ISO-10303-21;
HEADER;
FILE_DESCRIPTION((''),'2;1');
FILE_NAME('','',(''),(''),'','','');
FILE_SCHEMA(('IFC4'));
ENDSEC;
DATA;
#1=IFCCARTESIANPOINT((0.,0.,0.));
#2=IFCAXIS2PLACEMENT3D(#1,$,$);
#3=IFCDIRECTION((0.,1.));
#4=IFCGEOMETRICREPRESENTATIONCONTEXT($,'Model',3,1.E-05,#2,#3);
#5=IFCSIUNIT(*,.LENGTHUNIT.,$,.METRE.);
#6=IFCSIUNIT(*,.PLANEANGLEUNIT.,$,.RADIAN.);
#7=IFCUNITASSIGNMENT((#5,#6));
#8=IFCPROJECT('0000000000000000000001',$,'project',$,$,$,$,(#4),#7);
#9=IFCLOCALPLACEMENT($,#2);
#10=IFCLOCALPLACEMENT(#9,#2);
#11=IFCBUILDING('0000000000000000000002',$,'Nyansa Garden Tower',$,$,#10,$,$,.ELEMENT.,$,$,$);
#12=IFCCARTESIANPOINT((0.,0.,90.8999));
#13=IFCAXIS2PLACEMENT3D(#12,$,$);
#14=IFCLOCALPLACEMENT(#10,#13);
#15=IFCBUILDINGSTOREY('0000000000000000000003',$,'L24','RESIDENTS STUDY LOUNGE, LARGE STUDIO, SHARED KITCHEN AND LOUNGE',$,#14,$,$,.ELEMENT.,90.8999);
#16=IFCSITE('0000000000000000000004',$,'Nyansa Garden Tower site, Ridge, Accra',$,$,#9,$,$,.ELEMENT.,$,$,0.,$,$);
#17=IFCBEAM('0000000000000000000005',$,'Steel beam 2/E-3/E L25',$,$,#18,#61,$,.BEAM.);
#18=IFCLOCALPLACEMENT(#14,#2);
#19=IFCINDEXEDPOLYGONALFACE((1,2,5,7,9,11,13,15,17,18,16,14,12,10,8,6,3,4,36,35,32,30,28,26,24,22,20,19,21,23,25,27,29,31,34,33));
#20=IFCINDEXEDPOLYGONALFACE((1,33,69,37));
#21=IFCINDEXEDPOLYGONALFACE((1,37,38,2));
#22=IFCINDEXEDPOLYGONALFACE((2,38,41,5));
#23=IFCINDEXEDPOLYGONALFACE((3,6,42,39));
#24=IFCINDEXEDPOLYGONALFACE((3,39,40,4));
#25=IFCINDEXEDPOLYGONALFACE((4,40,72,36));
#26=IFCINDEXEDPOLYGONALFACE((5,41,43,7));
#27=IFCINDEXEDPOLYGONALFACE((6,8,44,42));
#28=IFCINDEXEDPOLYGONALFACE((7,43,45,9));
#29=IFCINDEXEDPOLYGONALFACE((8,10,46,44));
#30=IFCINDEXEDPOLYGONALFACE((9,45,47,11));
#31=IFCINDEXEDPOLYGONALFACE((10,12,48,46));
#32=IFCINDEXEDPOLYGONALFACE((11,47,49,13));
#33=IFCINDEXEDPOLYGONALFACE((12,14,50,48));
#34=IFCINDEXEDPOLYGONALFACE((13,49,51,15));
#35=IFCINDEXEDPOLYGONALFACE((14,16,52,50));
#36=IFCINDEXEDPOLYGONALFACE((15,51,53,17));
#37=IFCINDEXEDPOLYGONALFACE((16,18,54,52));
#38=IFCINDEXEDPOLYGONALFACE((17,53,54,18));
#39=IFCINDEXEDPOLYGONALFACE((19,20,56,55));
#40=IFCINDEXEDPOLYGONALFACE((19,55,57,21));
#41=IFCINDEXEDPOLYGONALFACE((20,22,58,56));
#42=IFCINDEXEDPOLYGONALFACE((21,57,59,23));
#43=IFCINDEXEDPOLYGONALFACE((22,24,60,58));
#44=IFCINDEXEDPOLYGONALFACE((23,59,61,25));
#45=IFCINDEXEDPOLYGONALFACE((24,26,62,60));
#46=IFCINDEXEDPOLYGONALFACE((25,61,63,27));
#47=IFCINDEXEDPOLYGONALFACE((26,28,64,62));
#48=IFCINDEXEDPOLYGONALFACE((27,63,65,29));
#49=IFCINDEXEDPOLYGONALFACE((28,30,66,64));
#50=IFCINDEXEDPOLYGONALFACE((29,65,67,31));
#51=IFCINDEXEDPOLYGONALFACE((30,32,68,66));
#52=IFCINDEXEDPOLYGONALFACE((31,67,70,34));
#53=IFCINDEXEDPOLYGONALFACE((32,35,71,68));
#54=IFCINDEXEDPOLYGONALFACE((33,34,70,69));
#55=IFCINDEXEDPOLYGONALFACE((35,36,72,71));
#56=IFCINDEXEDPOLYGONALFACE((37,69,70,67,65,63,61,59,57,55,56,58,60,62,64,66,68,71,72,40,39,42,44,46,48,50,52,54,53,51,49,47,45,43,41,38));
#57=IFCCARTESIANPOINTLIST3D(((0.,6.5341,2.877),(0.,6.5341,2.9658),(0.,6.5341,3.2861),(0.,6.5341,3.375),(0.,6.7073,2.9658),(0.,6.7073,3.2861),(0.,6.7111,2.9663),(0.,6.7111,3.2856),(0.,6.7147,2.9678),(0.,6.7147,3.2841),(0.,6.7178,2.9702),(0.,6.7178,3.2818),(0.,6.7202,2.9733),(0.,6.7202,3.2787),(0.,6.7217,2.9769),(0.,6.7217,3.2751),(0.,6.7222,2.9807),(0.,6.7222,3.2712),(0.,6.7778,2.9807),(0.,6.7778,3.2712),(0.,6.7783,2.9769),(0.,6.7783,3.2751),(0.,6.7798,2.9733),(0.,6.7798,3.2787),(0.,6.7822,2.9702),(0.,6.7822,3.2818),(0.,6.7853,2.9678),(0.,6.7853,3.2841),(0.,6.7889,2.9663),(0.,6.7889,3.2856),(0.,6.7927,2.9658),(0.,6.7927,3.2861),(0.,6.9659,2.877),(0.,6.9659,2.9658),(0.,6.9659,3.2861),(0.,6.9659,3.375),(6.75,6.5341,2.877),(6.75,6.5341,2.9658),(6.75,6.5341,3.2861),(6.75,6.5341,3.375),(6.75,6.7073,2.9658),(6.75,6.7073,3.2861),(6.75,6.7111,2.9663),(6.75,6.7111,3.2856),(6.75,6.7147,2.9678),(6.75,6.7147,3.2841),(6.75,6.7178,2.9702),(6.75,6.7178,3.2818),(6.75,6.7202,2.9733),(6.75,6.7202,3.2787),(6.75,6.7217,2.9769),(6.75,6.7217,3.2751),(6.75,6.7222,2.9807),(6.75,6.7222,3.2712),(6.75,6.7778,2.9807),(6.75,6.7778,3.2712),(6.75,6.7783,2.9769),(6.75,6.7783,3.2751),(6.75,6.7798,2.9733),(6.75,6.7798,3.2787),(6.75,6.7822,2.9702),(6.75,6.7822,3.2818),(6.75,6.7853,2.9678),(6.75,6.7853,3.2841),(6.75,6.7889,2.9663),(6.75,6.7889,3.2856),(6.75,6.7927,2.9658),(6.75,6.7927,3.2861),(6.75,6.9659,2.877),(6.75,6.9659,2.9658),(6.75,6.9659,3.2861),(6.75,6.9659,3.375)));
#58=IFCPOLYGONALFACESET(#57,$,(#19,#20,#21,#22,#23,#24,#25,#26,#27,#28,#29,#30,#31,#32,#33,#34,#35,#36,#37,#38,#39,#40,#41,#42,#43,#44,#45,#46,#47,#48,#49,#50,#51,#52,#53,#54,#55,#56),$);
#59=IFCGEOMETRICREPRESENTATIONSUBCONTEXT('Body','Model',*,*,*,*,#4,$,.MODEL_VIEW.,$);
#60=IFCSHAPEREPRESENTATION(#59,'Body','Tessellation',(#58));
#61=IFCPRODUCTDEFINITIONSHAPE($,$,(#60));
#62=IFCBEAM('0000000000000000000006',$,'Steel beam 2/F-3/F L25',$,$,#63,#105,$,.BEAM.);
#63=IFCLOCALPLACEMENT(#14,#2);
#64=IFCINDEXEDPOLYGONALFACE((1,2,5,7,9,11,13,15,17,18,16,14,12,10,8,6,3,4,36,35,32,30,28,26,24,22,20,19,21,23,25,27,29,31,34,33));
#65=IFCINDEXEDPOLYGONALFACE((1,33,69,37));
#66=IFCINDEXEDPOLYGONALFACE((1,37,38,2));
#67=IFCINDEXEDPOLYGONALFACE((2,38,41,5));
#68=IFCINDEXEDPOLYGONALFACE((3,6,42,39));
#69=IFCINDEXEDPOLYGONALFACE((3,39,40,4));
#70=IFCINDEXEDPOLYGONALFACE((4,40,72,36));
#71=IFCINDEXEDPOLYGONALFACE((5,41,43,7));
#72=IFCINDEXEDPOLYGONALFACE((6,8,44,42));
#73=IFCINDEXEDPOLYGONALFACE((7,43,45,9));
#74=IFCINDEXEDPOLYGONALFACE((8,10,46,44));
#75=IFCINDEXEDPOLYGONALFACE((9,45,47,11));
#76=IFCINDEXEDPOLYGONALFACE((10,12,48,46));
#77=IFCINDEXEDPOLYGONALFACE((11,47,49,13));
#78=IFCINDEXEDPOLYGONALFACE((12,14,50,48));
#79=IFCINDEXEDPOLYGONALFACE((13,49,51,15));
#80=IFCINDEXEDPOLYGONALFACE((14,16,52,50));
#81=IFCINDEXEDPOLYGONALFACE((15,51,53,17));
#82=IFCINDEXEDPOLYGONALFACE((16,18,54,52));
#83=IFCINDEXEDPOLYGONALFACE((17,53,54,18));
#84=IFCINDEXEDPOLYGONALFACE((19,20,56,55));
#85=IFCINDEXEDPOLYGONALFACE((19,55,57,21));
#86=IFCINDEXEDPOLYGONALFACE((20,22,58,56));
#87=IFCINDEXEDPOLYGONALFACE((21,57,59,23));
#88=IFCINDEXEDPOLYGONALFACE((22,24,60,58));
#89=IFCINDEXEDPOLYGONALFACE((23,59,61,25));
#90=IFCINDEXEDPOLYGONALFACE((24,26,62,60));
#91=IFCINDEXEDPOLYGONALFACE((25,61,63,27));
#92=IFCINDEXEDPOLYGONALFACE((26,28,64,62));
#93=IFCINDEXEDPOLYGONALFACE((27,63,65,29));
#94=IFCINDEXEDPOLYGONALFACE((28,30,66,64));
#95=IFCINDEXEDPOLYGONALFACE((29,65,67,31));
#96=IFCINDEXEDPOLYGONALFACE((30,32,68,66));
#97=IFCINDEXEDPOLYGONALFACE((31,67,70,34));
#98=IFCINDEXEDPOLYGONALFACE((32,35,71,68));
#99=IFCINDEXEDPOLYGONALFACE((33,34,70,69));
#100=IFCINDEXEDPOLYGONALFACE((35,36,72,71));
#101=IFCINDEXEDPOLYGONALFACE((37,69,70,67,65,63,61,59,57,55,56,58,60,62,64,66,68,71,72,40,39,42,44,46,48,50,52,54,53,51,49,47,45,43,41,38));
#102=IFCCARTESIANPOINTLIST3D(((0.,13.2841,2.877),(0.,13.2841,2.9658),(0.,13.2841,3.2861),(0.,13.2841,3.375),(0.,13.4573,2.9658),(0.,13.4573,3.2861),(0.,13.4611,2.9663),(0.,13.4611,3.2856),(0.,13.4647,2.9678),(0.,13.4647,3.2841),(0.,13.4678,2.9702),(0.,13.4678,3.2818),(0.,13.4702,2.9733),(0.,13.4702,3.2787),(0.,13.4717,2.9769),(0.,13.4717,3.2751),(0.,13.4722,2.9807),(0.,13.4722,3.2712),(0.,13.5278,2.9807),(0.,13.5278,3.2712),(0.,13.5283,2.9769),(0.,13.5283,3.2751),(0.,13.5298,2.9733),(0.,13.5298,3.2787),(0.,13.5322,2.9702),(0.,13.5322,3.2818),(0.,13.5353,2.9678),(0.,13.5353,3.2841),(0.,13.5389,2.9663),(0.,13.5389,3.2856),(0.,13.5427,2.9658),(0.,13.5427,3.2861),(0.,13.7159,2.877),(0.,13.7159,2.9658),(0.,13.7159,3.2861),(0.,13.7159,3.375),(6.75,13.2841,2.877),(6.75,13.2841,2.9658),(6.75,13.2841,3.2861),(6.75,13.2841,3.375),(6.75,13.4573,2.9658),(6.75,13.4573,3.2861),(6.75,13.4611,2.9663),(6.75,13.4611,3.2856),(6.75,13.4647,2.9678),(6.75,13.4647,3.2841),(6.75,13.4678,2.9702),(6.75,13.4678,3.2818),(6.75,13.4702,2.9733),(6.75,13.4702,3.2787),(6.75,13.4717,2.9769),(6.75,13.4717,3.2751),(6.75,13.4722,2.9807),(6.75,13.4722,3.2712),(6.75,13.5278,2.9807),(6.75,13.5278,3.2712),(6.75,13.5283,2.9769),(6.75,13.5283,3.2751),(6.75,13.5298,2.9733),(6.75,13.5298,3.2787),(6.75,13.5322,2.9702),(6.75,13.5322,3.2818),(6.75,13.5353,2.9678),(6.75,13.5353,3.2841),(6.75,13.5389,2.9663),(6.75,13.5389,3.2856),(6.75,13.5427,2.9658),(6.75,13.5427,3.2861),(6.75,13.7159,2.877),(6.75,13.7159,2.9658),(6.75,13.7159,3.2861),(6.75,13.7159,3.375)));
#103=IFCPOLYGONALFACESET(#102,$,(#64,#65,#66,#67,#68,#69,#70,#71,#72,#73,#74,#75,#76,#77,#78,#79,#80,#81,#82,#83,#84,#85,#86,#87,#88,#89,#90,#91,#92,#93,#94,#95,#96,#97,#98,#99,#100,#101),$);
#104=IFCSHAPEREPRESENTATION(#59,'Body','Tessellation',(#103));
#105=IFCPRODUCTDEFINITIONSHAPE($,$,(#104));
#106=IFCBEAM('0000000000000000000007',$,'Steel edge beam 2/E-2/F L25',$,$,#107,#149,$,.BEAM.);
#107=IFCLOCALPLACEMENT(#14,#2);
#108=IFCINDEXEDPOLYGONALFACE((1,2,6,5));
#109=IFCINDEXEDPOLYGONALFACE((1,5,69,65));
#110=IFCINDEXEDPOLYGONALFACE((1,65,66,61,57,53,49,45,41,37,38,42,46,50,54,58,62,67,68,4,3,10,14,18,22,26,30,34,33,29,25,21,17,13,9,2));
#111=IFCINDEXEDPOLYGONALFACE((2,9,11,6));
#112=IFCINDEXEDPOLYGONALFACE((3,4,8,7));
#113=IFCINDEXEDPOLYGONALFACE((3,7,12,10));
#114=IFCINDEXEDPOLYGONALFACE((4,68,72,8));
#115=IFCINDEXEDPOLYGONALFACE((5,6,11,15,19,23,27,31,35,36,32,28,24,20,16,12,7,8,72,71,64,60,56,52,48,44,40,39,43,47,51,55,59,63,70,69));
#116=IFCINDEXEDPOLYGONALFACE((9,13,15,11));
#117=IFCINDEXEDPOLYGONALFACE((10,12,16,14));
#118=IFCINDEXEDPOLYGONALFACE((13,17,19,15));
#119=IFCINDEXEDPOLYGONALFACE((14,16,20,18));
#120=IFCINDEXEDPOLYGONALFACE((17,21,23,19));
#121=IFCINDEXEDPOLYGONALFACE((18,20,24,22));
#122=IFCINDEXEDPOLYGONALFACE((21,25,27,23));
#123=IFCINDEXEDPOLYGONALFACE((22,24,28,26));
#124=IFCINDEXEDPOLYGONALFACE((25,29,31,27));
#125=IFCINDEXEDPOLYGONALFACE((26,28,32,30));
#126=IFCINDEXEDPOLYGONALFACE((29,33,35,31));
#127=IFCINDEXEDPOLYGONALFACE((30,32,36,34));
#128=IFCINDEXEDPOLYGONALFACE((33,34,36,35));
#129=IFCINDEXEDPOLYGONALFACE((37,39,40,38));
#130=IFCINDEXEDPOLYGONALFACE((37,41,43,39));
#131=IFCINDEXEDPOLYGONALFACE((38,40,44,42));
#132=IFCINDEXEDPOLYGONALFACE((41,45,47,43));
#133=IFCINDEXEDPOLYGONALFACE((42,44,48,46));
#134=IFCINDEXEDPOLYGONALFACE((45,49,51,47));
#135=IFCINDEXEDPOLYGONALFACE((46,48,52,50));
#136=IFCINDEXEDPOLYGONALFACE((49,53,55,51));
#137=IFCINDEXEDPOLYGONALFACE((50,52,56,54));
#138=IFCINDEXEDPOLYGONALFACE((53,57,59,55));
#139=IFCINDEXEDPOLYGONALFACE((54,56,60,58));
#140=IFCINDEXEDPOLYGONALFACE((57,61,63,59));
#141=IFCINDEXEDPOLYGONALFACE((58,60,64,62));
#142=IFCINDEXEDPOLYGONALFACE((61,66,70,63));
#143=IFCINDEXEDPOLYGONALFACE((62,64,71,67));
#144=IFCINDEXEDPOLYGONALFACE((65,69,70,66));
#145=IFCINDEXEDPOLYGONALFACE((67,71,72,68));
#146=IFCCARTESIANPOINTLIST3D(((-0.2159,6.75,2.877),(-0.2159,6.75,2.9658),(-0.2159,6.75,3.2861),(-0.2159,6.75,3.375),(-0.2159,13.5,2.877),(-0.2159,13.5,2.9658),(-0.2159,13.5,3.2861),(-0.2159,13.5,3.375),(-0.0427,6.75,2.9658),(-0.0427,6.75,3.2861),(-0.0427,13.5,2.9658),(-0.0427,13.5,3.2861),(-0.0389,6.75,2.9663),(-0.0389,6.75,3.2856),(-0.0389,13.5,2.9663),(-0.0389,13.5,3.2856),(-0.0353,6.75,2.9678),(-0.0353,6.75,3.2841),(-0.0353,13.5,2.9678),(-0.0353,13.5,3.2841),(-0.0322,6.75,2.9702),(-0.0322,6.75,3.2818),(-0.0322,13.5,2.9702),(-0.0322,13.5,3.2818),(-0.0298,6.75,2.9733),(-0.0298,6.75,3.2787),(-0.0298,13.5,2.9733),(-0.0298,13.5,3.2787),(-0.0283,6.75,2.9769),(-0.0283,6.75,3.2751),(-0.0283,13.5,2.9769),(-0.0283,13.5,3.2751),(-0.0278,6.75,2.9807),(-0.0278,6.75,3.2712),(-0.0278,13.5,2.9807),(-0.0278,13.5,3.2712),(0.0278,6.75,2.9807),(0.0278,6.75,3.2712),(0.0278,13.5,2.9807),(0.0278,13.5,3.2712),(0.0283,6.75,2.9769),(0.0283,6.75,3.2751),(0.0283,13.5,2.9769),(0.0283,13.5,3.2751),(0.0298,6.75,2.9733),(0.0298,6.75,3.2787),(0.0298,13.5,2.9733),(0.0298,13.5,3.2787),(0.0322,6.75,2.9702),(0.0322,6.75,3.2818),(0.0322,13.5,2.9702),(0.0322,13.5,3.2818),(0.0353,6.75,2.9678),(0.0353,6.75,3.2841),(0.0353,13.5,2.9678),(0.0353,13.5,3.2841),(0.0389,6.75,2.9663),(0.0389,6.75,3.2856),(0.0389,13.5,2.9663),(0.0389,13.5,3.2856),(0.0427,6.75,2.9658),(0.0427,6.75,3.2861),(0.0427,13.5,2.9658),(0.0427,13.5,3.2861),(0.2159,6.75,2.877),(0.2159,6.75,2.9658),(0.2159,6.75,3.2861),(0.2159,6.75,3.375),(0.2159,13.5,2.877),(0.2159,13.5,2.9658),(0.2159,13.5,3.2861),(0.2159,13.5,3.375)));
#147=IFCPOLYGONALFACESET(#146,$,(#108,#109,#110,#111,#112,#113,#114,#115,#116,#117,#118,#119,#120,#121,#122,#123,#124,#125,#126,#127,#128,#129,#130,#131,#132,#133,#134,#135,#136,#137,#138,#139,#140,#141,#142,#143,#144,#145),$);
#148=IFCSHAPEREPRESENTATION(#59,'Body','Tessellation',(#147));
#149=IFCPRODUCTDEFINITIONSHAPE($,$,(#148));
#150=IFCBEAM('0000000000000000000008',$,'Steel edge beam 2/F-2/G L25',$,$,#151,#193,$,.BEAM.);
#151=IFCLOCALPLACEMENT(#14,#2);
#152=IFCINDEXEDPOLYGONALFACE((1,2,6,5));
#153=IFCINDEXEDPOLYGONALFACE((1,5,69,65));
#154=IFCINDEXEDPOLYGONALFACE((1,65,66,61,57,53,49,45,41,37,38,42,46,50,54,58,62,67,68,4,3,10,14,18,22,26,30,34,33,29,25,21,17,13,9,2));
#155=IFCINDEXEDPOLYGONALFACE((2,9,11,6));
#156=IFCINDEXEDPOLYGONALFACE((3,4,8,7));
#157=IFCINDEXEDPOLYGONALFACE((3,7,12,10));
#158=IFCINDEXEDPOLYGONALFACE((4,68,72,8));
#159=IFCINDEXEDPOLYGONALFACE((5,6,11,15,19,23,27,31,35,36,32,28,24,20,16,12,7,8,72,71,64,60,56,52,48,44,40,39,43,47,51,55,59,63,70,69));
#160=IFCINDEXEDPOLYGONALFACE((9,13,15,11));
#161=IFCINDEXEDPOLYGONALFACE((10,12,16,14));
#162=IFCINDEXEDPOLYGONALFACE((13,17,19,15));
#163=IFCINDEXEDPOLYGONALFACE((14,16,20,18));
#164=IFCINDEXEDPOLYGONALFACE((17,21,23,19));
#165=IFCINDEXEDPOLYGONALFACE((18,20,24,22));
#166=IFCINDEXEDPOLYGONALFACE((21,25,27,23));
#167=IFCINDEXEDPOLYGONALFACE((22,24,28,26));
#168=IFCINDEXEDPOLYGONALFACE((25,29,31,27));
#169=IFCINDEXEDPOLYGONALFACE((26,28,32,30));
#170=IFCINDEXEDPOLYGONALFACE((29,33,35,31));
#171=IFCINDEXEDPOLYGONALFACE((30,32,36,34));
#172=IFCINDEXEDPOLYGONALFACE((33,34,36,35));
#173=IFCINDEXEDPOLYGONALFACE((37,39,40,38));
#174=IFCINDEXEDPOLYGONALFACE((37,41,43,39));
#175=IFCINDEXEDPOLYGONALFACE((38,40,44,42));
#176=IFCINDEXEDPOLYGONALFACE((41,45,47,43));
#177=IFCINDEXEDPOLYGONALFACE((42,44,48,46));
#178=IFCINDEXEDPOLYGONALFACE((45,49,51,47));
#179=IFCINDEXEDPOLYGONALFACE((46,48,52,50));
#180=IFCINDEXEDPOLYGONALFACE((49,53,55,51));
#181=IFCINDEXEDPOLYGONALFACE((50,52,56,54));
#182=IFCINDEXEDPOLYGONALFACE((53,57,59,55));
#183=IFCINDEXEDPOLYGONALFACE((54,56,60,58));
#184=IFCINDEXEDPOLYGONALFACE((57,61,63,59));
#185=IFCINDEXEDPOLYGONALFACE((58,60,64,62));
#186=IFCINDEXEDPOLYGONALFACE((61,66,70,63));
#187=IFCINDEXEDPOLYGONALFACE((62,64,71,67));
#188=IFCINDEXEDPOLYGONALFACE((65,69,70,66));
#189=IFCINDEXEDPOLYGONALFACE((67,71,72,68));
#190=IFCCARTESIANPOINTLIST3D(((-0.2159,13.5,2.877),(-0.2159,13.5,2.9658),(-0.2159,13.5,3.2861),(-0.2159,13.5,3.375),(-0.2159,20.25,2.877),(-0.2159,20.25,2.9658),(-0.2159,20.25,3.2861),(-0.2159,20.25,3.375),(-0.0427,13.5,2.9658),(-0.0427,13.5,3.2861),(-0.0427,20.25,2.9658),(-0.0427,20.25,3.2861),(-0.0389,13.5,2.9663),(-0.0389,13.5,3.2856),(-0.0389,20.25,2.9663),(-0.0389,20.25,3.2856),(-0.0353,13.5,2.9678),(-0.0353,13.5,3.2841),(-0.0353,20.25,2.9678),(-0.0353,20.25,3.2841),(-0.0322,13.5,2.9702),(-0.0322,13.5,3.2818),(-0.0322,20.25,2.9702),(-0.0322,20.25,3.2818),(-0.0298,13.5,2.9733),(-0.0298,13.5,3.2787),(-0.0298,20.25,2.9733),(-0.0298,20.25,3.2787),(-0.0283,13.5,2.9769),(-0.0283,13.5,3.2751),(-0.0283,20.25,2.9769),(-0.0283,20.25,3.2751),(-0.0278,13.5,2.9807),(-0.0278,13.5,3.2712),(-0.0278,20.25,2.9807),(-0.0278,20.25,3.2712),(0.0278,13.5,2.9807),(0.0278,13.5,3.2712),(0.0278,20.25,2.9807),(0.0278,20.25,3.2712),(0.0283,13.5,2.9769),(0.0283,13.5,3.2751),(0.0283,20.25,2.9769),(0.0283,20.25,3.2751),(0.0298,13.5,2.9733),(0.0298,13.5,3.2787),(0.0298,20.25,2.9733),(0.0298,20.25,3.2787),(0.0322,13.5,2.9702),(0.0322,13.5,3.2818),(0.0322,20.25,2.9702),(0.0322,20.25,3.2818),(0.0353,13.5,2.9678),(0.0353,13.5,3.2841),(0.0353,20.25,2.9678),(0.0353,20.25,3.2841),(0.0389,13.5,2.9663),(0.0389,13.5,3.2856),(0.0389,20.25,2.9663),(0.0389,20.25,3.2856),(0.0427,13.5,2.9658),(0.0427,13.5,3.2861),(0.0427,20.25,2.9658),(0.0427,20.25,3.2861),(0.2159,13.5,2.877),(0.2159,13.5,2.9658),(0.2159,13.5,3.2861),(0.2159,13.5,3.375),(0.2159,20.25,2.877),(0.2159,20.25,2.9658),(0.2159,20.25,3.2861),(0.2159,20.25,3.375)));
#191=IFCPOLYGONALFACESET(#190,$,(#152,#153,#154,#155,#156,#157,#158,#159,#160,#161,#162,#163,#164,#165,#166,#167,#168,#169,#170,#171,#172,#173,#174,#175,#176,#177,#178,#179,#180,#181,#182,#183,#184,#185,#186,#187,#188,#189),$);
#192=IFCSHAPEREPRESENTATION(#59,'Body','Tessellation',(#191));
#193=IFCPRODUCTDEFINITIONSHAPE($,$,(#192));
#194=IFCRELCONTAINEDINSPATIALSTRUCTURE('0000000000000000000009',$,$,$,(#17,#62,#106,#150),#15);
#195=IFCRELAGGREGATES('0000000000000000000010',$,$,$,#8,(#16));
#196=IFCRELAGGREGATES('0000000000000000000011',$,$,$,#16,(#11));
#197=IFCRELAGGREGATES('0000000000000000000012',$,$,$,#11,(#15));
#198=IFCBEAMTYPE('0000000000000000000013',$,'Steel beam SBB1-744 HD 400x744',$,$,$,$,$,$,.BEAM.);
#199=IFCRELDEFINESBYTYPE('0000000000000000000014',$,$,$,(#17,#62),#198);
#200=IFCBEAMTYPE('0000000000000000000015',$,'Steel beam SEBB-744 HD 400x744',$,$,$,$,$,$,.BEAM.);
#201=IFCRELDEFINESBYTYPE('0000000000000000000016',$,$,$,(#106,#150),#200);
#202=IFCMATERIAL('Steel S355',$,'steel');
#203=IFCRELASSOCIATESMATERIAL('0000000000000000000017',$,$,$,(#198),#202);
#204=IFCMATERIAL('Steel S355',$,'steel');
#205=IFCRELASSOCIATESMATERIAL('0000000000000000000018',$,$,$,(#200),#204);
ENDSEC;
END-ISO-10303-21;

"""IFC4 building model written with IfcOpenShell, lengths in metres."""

from ifc_helpers import new_model, si_unit, direction, frame, origin, origin_2d, place, context, subcontext, project, spatial, i_section, extrude, material, material_profile, profile_set, type_object, element, save


model = new_model("IFC4")

# Units and contexts
model_context = context("Model", 3, precision=1e-05, world=origin(), true_north=direction((0.0, 1.0)))
body_context = subcontext(model_context, "Body", "Model", "MODEL_VIEW")
ifc_project = project(units=[si_unit("LENGTHUNIT", "METRE"), si_unit("PLANEANGLEUNIT", "RADIAN")], contexts=[model_context])

# Site, building, storey
site_placement = place(None, origin())
site = spatial("IfcSite", under=ifc_project, at=site_placement, Name="Nyansa Garden Tower site, Ridge, Accra", CompositionType="ELEMENT", RefElevation=0.0)
building_placement = place(site_placement, origin())
building = spatial("IfcBuilding", under=site, at=building_placement, Name="Nyansa Garden Tower", CompositionType="ELEMENT")
storey_placement = place(building_placement, frame((0.0, 0.0, 90.8999)))
storey = spatial("IfcBuildingStorey", under=building, at=storey_placement, Name="L24", Description="RESIDENTS STUDY LOUNGE, LARGE STUDIO, SHARED KITCHEN AND LOUNGE", CompositionType="ELEMENT", Elevation=90.8999)

# Beams
ifc_material_1 = material(Name="Steel S355", Category="steel")
ifc_material_profile_1 = material_profile(ifc_material_1, i_section(OverallWidth=0.4319, OverallDepth=0.498, WebThickness=0.0557, FlangeThickness=0.0889, FilletRadius=0.0149, at=origin_2d()), Name="HD 400x744")
ifc_profile_set_1 = profile_set([ifc_material_profile_1], Name="Steel S355")
beam_type_1 = type_object("IfcBeamType", Name="Steel beam SBB1-744 HD 400x744", PredefinedType="BEAM", material=ifc_profile_set_1)
for number, where, z_axis, x_axis, name in (
    (1, (0.0, 6.75, 3.126), (1.0, 0.0, 0.0), (0.0, 1.0, 0.0), "Steel beam 2/E-3/E L25"),
    (2, (0.0, 13.5, 3.126), (1.0, 0.0, 0.0), (0.0, 1.0, 0.0), "Steel beam 2/F-3/F L25"),
):
    element("IfcBeam", number, at=place(storey_placement, frame(where, z_axis=z_axis, x_axis=x_axis)), inside=storey, type_object=beam_type_1, Name=name, PredefinedType="BEAM", context=body_context, shape_type="SweptSolid", body=[
        extrude(i_section(OverallWidth=0.4319, OverallDepth=0.498, WebThickness=0.0557, FlangeThickness=0.0889, FilletRadius=0.0149, at=origin_2d()), origin(), (0.0, 0.0, 1.0), 6.75),
    ])
ifc_material_2 = material(Name="Steel S355", Category="steel")
ifc_material_profile_2 = material_profile(ifc_material_2, i_section(OverallWidth=0.4319, OverallDepth=0.498, WebThickness=0.0557, FlangeThickness=0.0889, FilletRadius=0.0149, at=origin_2d()), Name="HD 400x744")
ifc_profile_set_2 = profile_set([ifc_material_profile_2], Name="Steel S355")
beam_type_2 = type_object("IfcBeamType", Name="Steel beam SEBB-744 HD 400x744", PredefinedType="BEAM", material=ifc_profile_set_2)
for number, where, z_axis, x_axis, name in (
    (3, (0.0, 6.75, 3.126), (0.0, 1.0, 0.0), (-1.0, 0.0, 0.0), "Steel edge beam 2/E-2/F L25"),
    (4, (0.0, 13.5, 3.126), (0.0, 1.0, 0.0), (-1.0, 0.0, 0.0), "Steel edge beam 2/F-2/G L25"),
):
    element("IfcBeam", number, at=place(storey_placement, frame(where, z_axis=z_axis, x_axis=x_axis)), inside=storey, type_object=beam_type_2, Name=name, PredefinedType="BEAM", context=body_context, shape_type="SweptSolid", body=[
        extrude(i_section(OverallWidth=0.4319, OverallDepth=0.498, WebThickness=0.0557, FlangeThickness=0.0889, FilletRadius=0.0149, at=origin_2d()), origin(), (0.0, 0.0, 1.0), 6.75),
    ])

save(model, "model.ifc")
